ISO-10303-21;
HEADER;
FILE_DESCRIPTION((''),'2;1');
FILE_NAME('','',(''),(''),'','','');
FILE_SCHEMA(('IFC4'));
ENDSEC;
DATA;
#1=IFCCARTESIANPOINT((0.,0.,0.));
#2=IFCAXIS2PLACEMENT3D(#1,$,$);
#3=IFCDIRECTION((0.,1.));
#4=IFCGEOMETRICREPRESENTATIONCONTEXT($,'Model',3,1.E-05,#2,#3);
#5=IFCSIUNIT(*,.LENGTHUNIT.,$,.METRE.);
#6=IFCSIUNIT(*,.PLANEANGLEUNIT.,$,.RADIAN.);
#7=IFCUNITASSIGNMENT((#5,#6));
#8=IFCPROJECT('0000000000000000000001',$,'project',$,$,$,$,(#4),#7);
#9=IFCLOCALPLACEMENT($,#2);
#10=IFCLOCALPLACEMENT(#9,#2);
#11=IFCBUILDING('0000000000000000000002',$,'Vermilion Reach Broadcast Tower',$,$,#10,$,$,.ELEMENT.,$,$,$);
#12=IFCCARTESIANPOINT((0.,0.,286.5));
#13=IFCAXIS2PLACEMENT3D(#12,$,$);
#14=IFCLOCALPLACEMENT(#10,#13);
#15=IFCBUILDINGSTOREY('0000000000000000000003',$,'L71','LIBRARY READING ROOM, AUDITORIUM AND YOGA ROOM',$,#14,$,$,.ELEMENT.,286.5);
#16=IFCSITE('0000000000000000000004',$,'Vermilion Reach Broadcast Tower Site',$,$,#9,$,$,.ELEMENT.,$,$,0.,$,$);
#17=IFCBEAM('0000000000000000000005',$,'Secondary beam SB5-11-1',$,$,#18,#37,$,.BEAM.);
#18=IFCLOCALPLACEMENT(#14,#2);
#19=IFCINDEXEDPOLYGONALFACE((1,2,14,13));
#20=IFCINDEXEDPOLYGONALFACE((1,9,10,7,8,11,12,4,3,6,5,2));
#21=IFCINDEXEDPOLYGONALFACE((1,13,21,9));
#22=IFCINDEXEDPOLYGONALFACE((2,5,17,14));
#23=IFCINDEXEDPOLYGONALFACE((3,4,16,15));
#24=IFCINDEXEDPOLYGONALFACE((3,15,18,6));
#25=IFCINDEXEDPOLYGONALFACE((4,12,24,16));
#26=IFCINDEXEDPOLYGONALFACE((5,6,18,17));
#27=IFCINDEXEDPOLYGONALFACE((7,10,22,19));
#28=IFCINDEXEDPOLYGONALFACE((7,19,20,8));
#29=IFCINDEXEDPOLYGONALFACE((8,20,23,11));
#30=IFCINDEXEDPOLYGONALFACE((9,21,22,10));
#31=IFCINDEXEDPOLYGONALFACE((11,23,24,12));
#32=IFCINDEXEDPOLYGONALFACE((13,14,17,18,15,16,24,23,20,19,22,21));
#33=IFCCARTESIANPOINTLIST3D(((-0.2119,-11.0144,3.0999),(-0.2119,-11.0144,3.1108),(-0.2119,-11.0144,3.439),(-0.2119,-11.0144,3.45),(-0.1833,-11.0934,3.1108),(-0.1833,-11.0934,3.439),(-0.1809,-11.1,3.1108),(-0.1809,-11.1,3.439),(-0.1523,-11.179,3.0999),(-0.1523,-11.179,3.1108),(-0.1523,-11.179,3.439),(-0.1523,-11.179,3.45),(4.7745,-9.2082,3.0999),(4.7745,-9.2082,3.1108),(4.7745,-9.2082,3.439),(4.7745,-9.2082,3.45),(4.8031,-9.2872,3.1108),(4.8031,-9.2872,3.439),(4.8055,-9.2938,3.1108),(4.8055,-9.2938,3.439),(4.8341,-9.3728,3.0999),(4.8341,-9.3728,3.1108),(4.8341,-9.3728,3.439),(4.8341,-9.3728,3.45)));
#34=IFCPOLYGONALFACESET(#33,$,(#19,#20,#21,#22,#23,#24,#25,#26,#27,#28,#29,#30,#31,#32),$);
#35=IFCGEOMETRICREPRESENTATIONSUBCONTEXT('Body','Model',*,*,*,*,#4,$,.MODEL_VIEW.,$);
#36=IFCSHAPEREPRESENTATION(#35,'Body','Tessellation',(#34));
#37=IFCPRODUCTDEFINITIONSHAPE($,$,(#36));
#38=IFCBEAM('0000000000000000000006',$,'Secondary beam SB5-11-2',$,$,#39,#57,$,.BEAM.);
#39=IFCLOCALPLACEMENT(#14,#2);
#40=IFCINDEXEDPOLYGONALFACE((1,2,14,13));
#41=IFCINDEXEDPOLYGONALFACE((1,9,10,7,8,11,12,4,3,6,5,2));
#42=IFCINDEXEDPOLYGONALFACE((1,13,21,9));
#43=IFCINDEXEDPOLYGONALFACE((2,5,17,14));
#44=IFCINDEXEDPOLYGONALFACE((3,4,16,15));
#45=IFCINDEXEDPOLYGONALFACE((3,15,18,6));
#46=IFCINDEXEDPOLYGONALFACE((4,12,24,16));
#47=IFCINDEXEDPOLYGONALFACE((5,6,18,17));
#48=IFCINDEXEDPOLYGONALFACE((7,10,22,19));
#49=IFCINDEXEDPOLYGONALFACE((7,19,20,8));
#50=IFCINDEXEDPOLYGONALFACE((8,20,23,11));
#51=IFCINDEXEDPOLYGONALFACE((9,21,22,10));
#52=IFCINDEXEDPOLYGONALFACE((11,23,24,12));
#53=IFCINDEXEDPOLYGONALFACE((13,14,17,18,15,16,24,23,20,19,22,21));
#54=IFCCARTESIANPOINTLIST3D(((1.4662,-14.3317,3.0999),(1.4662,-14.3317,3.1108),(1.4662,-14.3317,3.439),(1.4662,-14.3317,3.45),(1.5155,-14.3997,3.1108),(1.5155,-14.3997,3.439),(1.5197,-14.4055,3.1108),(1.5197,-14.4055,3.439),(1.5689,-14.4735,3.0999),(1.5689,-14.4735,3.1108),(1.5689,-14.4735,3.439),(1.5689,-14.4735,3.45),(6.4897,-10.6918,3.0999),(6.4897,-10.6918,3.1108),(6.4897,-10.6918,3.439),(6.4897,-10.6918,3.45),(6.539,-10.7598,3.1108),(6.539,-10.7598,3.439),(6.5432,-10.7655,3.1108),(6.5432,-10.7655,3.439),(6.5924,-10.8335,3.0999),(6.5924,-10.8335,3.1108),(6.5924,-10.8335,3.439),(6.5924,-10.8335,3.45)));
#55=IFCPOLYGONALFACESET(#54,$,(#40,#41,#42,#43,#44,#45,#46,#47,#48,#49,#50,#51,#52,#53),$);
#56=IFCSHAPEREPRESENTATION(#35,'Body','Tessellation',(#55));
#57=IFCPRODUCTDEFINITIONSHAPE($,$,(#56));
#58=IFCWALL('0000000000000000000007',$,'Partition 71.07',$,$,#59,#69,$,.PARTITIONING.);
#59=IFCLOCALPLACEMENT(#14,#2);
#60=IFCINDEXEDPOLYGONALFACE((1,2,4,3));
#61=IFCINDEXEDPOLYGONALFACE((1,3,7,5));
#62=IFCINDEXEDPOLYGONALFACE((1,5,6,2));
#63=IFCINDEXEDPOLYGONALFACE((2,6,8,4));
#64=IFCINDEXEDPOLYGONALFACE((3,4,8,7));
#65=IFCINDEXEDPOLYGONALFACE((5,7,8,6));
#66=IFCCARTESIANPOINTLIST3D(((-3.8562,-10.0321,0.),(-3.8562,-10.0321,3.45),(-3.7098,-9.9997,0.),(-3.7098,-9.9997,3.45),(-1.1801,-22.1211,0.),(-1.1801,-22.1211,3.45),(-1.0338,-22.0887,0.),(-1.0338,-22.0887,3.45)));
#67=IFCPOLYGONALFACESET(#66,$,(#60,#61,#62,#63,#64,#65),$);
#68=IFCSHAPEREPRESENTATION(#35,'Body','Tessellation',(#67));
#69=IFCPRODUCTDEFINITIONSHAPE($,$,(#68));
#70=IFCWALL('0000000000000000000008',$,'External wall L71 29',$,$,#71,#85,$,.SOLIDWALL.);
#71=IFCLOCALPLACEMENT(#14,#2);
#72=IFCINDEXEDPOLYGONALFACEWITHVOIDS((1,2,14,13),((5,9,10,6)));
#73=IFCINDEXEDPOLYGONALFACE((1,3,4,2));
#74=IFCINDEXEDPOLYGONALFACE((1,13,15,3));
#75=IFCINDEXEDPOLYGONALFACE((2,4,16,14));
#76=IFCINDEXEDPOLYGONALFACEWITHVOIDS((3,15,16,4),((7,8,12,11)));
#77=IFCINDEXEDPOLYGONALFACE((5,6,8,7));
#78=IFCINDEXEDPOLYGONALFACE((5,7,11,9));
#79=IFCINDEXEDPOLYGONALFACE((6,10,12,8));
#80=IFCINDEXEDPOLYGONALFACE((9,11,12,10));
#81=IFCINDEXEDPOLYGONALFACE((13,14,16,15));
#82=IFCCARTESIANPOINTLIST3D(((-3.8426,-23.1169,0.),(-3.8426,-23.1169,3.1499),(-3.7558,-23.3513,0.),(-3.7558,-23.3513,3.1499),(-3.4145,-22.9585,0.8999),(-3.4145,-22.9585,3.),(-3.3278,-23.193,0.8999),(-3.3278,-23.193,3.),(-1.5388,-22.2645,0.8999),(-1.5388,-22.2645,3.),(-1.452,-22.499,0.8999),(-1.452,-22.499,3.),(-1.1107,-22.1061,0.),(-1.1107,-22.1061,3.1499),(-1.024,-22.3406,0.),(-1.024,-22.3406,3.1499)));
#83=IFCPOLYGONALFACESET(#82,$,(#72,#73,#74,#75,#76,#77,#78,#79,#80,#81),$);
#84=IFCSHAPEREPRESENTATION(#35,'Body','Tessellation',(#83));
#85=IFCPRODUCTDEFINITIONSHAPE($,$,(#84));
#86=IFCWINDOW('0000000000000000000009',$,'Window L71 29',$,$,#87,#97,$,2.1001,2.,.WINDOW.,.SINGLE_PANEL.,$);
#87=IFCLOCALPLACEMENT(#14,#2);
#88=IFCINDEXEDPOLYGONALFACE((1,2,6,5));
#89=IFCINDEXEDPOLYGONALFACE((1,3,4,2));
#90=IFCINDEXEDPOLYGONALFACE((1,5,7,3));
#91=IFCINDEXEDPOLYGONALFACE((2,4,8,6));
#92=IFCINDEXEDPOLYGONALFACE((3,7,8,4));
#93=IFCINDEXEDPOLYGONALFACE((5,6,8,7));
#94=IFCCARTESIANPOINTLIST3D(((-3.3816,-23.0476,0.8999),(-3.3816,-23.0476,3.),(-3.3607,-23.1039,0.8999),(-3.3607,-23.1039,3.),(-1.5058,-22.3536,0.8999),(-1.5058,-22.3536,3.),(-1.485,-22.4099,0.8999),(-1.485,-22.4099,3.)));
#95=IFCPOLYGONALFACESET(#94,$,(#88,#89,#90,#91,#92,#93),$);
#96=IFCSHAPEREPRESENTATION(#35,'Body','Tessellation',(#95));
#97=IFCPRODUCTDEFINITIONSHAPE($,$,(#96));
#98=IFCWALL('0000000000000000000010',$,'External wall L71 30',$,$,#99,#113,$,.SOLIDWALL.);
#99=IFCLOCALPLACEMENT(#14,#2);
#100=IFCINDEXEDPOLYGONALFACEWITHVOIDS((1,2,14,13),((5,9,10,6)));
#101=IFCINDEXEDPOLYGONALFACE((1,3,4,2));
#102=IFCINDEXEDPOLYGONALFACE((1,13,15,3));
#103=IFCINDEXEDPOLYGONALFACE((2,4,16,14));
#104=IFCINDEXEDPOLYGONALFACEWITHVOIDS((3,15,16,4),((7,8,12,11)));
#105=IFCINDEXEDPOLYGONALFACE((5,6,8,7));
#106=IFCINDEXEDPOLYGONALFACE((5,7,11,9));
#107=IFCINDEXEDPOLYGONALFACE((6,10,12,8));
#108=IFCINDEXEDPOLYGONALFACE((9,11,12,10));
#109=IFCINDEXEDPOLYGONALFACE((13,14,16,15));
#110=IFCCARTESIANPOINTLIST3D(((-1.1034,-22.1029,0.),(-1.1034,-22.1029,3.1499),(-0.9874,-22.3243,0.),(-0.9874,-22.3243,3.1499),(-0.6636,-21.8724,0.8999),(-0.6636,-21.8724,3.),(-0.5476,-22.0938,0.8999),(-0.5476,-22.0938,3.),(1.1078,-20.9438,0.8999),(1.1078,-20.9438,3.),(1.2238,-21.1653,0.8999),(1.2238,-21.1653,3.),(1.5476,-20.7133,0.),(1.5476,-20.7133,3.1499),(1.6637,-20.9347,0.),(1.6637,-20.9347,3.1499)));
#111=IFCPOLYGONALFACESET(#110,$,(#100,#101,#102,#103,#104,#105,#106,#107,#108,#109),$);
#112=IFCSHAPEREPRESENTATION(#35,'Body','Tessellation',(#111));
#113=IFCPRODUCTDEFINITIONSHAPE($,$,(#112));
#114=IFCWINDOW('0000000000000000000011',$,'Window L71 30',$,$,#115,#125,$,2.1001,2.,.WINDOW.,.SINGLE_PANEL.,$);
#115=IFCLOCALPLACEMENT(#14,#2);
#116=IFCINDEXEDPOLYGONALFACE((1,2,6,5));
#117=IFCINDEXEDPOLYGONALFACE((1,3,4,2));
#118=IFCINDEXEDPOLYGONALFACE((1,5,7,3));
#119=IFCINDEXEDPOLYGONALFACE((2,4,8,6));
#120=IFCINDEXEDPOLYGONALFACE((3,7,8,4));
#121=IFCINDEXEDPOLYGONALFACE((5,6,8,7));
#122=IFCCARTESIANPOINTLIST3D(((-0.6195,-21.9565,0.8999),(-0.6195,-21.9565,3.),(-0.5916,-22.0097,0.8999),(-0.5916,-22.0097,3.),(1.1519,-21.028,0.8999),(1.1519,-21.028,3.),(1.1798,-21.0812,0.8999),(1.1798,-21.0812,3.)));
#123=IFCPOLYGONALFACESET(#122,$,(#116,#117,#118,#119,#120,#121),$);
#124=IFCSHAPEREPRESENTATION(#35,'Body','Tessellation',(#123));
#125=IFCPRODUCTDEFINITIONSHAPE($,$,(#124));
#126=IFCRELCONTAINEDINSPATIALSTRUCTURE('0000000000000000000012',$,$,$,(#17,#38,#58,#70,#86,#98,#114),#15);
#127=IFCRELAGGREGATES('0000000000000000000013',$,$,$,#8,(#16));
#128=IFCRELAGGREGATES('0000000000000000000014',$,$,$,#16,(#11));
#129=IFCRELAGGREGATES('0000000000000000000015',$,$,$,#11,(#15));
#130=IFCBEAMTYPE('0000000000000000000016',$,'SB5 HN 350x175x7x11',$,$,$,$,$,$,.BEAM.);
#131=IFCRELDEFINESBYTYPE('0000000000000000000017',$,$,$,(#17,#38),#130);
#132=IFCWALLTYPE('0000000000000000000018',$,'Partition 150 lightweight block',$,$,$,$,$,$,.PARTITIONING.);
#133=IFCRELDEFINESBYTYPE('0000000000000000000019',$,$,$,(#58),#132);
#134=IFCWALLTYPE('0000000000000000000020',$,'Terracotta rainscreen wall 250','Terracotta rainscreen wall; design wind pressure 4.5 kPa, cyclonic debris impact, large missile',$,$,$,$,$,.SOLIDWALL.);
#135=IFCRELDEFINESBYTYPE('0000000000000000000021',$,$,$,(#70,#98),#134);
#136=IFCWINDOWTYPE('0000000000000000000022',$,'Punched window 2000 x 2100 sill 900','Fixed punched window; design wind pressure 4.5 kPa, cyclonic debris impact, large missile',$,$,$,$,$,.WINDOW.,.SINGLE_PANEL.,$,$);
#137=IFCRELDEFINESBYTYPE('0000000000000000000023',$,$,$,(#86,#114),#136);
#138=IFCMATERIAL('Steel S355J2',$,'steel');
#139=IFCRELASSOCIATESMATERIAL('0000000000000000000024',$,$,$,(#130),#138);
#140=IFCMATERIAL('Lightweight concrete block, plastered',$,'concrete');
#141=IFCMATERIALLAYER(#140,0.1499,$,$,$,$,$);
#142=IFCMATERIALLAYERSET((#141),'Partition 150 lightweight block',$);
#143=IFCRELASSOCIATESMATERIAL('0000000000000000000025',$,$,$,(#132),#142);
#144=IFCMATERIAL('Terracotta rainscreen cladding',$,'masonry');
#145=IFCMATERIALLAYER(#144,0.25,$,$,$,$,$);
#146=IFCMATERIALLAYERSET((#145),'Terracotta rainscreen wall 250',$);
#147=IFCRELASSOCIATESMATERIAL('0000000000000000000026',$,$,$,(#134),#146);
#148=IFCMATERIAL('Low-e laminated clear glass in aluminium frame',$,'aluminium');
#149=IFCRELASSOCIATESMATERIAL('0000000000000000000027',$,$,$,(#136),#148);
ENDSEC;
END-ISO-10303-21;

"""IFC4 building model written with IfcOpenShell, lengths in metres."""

from ifc_helpers import new_model, si_unit, direction, frame, frame_2d, origin, origin_2d, place, context, subcontext, project, spatial, rectangle, i_section, extrude, material, layer, layer_set, material_profile, profile_set, type_object, element, fill, save


model = new_model("IFC4")

# Units and contexts
model_context = context("Model", 3, precision=1e-05, world=origin(), true_north=direction((0.0, 1.0)))
body_context = subcontext(model_context, "Body", "Model", "MODEL_VIEW")
ifc_project = project(units=[si_unit("LENGTHUNIT", "METRE"), si_unit("PLANEANGLEUNIT", "RADIAN")], contexts=[model_context])

# Site, building, storey
site_placement = place(None, origin())
site = spatial("IfcSite", under=ifc_project, at=site_placement, Name="Vermilion Reach Broadcast Tower Site", CompositionType="ELEMENT", RefElevation=0.0)
building_placement = place(site_placement, origin())
building = spatial("IfcBuilding", under=site, at=building_placement, Name="Vermilion Reach Broadcast Tower", CompositionType="ELEMENT")
storey_placement = place(building_placement, frame((0.0, 0.0, 286.5)))
storey = spatial("IfcBuildingStorey", under=building, at=storey_placement, Name="L71", Description="LIBRARY READING ROOM, AUDITORIUM AND YOGA ROOM", CompositionType="ELEMENT", Elevation=286.5)

# Beams
ifc_material_1 = material(Name="Steel S355J2", Category="steel")
ifc_material_profile_1 = material_profile(ifc_material_1, i_section(OverallWidth=0.175, OverallDepth=0.3501, WebThickness=0.0071, FlangeThickness=0.011, at=origin_2d()), Name="S355J2 HN 350x175x7x11")
ifc_profile_set_1 = profile_set([ifc_material_profile_1], Name="Steel S355J2")
beam_type_1 = type_object("IfcBeamType", Name="SB5 HN 350x175x7x11", PredefinedType="BEAM", material=ifc_profile_set_1)
beam_1_placement = place(storey_placement, frame((-0.1821, -11.0967, 3.2749), z_axis=(0.94022, 0.340567, 0.0), x_axis=(-0.340567, 0.94022, 0.0)))
element("IfcBeam", 1, at=beam_1_placement, inside=storey, type_object=beam_type_1, Name="Secondary beam SB5-11-1", PredefinedType="BEAM", context=body_context, shape_type="SweptSolid", body=[
    extrude(i_section(OverallWidth=0.175, OverallDepth=0.3501, WebThickness=0.0071, FlangeThickness=0.011, at=origin_2d()), origin(), (0.0, 0.0, 1.0), 5.3035),
])
beam_2_placement = place(storey_placement, frame((1.5176, -14.4026, 3.2749), z_axis=(0.809771, 0.586746, 0.0), x_axis=(-0.586746, 0.809771, 0.0)))
element("IfcBeam", 2, at=beam_2_placement, inside=storey, type_object=beam_type_1, Name="Secondary beam SB5-11-2", PredefinedType="BEAM", context=body_context, shape_type="SweptSolid", body=[
    extrude(i_section(OverallWidth=0.175, OverallDepth=0.3501, WebThickness=0.0071, FlangeThickness=0.011, at=origin_2d()), origin(), (0.0, 0.0, 1.0), 6.2036),
])

# Wall
ifc_material_2 = material(Name="Lightweight concrete block, plastered", Category="concrete")
ifc_layer_1 = layer(ifc_material_2, 0.1499)
ifc_layer_set_1 = layer_set([ifc_layer_1], Name="Partition 150 lightweight block")
wall_type_1 = type_object("IfcWallType", Name="Partition 150 lightweight block", PredefinedType="PARTITIONING", material=ifc_layer_set_1)
wall_1_placement = place(storey_placement, frame((-1.1069, -22.105, 0.0), z_axis=(0.0, 0.0, 1.0), x_axis=(-0.216131, 0.976364, 0.0)))
element("IfcWall", 3, at=wall_1_placement, inside=storey, type_object=wall_type_1, Name="Partition 71.07", PredefinedType="PARTITIONING", context=body_context, shape_type="SweptSolid", body=[
    extrude(rectangle(XDim=12.3816, YDim=0.1499, at=frame_2d((6.1909, 0.0))), origin(), (0.0, 0.0, 1.0), 3.45),
])

# Walls, openings, windows
ifc_material_3 = material(Name="Terracotta rainscreen cladding", Category="masonry")
ifc_layer_2 = layer(ifc_material_3, 0.25)
ifc_layer_set_2 = layer_set([ifc_layer_2], Name="Terracotta rainscreen wall 250")
wall_type_2 = type_object("IfcWallType", Name="Terracotta rainscreen wall 250", Description="Terracotta rainscreen wall; design wind pressure 4.5 kPa, cyclonic debris impact, large missile", PredefinedType="SOLIDWALL", material=ifc_layer_set_2)
wall_2_placement = place(storey_placement, frame((-3.7993, -23.2341, 0.0), z_axis=(0.0, 0.0, 1.0), x_axis=(0.93787, 0.346987, 0.0)))
wall_2 = element("IfcWall", 4, at=wall_2_placement, inside=storey, type_object=wall_type_2, Name="External wall L71 29", PredefinedType="SOLIDWALL", context=body_context, shape_type="SweptSolid", body=[
    extrude(rectangle(XDim=2.9128, YDim=0.25, at=frame_2d((1.4565, 0.0))), origin(), (0.0, 0.0, 1.0), 3.1499),
])
opening_1_placement = place(wall_2_placement, frame((0.4565, 0.0, 0.8999)))
opening_1 = element("IfcOpeningElement", 5, at=opening_1_placement, cuts=wall_2, PredefinedType="OPENING", context=body_context, shape_type="SweptSolid", body=[
    extrude(rectangle(XDim=2.0, YDim=2.1001, at=frame_2d((1.0, 1.05))), frame((0.0, 0.135, 0.0), z_axis=(0.0, -1.0, 0.0), x_axis=(1.0, 0.0, 0.0)), (0.0, 0.0, 1.0), 0.27),
])
ifc_material_4 = material(Name="Low-e laminated clear glass in aluminium frame", Category="aluminium")
window_type = type_object("IfcWindowType", Name="Punched window 2000 x 2100 sill 900", Description="Fixed punched window; design wind pressure 4.5 kPa, cyclonic debris impact, large missile", PartitioningType="SINGLE_PANEL", PredefinedType="WINDOW", material=ifc_material_4)
window_1_placement = place(opening_1_placement, origin())
window_1 = element("IfcWindow", 6, at=window_1_placement, inside=storey, type_object=window_type, Name="Window L71 29", OverallHeight=2.1001, OverallWidth=2.0, PartitioningType="SINGLE_PANEL", PredefinedType="WINDOW", context=body_context, shape_type="SweptSolid", body=[
    extrude(rectangle(XDim=2.0, YDim=2.1001, at=frame_2d((1.0, 1.05))), frame((0.0, 0.03, 0.0), z_axis=(0.0, -1.0, 0.0), x_axis=(1.0, 0.0, 0.0)), (0.0, 0.0, 1.0), 0.0601),
])
fill(opening_1, window_1)
wall_3_placement = place(storey_placement, frame((-1.0454, -22.2136, 0.0), z_axis=(0.0, 0.0, 1.0), x_axis=(0.885699, 0.46426, 0.0)))
wall_3 = element("IfcWall", 7, at=wall_3_placement, inside=storey, type_object=wall_type_2, Name="External wall L71 30", PredefinedType="SOLIDWALL", context=body_context, shape_type="SweptSolid", body=[
    extrude(rectangle(XDim=2.9932, YDim=0.25, at=frame_2d((1.4966, 0.0))), origin(), (0.0, 0.0, 1.0), 3.1499),
])
opening_2_placement = place(wall_3_placement, frame((0.4966, 0.0, 0.8999)))
opening_2 = element("IfcOpeningElement", 8, at=opening_2_placement, cuts=wall_3, PredefinedType="OPENING", context=body_context, shape_type="SweptSolid", body=[
    extrude(rectangle(XDim=2.0, YDim=2.1001, at=frame_2d((1.0, 1.05))), frame((0.0, 0.135, 0.0), z_axis=(0.0, -1.0, 0.0), x_axis=(1.0, 0.0, 0.0)), (0.0, 0.0, 1.0), 0.27),
])
window_2_placement = place(opening_2_placement, origin())
window_2 = element("IfcWindow", 9, at=window_2_placement, inside=storey, type_object=window_type, Name="Window L71 30", OverallHeight=2.1001, OverallWidth=2.0, PartitioningType="SINGLE_PANEL", PredefinedType="WINDOW", context=body_context, shape_type="SweptSolid", body=[
    extrude(rectangle(XDim=2.0, YDim=2.1001, at=frame_2d((1.0, 1.05))), frame((0.0, 0.03, 0.0), z_axis=(0.0, -1.0, 0.0), x_axis=(1.0, 0.0, 0.0)), (0.0, 0.0, 1.0), 0.0601),
])
fill(opening_2, window_2)

save(model, "model.ifc")
